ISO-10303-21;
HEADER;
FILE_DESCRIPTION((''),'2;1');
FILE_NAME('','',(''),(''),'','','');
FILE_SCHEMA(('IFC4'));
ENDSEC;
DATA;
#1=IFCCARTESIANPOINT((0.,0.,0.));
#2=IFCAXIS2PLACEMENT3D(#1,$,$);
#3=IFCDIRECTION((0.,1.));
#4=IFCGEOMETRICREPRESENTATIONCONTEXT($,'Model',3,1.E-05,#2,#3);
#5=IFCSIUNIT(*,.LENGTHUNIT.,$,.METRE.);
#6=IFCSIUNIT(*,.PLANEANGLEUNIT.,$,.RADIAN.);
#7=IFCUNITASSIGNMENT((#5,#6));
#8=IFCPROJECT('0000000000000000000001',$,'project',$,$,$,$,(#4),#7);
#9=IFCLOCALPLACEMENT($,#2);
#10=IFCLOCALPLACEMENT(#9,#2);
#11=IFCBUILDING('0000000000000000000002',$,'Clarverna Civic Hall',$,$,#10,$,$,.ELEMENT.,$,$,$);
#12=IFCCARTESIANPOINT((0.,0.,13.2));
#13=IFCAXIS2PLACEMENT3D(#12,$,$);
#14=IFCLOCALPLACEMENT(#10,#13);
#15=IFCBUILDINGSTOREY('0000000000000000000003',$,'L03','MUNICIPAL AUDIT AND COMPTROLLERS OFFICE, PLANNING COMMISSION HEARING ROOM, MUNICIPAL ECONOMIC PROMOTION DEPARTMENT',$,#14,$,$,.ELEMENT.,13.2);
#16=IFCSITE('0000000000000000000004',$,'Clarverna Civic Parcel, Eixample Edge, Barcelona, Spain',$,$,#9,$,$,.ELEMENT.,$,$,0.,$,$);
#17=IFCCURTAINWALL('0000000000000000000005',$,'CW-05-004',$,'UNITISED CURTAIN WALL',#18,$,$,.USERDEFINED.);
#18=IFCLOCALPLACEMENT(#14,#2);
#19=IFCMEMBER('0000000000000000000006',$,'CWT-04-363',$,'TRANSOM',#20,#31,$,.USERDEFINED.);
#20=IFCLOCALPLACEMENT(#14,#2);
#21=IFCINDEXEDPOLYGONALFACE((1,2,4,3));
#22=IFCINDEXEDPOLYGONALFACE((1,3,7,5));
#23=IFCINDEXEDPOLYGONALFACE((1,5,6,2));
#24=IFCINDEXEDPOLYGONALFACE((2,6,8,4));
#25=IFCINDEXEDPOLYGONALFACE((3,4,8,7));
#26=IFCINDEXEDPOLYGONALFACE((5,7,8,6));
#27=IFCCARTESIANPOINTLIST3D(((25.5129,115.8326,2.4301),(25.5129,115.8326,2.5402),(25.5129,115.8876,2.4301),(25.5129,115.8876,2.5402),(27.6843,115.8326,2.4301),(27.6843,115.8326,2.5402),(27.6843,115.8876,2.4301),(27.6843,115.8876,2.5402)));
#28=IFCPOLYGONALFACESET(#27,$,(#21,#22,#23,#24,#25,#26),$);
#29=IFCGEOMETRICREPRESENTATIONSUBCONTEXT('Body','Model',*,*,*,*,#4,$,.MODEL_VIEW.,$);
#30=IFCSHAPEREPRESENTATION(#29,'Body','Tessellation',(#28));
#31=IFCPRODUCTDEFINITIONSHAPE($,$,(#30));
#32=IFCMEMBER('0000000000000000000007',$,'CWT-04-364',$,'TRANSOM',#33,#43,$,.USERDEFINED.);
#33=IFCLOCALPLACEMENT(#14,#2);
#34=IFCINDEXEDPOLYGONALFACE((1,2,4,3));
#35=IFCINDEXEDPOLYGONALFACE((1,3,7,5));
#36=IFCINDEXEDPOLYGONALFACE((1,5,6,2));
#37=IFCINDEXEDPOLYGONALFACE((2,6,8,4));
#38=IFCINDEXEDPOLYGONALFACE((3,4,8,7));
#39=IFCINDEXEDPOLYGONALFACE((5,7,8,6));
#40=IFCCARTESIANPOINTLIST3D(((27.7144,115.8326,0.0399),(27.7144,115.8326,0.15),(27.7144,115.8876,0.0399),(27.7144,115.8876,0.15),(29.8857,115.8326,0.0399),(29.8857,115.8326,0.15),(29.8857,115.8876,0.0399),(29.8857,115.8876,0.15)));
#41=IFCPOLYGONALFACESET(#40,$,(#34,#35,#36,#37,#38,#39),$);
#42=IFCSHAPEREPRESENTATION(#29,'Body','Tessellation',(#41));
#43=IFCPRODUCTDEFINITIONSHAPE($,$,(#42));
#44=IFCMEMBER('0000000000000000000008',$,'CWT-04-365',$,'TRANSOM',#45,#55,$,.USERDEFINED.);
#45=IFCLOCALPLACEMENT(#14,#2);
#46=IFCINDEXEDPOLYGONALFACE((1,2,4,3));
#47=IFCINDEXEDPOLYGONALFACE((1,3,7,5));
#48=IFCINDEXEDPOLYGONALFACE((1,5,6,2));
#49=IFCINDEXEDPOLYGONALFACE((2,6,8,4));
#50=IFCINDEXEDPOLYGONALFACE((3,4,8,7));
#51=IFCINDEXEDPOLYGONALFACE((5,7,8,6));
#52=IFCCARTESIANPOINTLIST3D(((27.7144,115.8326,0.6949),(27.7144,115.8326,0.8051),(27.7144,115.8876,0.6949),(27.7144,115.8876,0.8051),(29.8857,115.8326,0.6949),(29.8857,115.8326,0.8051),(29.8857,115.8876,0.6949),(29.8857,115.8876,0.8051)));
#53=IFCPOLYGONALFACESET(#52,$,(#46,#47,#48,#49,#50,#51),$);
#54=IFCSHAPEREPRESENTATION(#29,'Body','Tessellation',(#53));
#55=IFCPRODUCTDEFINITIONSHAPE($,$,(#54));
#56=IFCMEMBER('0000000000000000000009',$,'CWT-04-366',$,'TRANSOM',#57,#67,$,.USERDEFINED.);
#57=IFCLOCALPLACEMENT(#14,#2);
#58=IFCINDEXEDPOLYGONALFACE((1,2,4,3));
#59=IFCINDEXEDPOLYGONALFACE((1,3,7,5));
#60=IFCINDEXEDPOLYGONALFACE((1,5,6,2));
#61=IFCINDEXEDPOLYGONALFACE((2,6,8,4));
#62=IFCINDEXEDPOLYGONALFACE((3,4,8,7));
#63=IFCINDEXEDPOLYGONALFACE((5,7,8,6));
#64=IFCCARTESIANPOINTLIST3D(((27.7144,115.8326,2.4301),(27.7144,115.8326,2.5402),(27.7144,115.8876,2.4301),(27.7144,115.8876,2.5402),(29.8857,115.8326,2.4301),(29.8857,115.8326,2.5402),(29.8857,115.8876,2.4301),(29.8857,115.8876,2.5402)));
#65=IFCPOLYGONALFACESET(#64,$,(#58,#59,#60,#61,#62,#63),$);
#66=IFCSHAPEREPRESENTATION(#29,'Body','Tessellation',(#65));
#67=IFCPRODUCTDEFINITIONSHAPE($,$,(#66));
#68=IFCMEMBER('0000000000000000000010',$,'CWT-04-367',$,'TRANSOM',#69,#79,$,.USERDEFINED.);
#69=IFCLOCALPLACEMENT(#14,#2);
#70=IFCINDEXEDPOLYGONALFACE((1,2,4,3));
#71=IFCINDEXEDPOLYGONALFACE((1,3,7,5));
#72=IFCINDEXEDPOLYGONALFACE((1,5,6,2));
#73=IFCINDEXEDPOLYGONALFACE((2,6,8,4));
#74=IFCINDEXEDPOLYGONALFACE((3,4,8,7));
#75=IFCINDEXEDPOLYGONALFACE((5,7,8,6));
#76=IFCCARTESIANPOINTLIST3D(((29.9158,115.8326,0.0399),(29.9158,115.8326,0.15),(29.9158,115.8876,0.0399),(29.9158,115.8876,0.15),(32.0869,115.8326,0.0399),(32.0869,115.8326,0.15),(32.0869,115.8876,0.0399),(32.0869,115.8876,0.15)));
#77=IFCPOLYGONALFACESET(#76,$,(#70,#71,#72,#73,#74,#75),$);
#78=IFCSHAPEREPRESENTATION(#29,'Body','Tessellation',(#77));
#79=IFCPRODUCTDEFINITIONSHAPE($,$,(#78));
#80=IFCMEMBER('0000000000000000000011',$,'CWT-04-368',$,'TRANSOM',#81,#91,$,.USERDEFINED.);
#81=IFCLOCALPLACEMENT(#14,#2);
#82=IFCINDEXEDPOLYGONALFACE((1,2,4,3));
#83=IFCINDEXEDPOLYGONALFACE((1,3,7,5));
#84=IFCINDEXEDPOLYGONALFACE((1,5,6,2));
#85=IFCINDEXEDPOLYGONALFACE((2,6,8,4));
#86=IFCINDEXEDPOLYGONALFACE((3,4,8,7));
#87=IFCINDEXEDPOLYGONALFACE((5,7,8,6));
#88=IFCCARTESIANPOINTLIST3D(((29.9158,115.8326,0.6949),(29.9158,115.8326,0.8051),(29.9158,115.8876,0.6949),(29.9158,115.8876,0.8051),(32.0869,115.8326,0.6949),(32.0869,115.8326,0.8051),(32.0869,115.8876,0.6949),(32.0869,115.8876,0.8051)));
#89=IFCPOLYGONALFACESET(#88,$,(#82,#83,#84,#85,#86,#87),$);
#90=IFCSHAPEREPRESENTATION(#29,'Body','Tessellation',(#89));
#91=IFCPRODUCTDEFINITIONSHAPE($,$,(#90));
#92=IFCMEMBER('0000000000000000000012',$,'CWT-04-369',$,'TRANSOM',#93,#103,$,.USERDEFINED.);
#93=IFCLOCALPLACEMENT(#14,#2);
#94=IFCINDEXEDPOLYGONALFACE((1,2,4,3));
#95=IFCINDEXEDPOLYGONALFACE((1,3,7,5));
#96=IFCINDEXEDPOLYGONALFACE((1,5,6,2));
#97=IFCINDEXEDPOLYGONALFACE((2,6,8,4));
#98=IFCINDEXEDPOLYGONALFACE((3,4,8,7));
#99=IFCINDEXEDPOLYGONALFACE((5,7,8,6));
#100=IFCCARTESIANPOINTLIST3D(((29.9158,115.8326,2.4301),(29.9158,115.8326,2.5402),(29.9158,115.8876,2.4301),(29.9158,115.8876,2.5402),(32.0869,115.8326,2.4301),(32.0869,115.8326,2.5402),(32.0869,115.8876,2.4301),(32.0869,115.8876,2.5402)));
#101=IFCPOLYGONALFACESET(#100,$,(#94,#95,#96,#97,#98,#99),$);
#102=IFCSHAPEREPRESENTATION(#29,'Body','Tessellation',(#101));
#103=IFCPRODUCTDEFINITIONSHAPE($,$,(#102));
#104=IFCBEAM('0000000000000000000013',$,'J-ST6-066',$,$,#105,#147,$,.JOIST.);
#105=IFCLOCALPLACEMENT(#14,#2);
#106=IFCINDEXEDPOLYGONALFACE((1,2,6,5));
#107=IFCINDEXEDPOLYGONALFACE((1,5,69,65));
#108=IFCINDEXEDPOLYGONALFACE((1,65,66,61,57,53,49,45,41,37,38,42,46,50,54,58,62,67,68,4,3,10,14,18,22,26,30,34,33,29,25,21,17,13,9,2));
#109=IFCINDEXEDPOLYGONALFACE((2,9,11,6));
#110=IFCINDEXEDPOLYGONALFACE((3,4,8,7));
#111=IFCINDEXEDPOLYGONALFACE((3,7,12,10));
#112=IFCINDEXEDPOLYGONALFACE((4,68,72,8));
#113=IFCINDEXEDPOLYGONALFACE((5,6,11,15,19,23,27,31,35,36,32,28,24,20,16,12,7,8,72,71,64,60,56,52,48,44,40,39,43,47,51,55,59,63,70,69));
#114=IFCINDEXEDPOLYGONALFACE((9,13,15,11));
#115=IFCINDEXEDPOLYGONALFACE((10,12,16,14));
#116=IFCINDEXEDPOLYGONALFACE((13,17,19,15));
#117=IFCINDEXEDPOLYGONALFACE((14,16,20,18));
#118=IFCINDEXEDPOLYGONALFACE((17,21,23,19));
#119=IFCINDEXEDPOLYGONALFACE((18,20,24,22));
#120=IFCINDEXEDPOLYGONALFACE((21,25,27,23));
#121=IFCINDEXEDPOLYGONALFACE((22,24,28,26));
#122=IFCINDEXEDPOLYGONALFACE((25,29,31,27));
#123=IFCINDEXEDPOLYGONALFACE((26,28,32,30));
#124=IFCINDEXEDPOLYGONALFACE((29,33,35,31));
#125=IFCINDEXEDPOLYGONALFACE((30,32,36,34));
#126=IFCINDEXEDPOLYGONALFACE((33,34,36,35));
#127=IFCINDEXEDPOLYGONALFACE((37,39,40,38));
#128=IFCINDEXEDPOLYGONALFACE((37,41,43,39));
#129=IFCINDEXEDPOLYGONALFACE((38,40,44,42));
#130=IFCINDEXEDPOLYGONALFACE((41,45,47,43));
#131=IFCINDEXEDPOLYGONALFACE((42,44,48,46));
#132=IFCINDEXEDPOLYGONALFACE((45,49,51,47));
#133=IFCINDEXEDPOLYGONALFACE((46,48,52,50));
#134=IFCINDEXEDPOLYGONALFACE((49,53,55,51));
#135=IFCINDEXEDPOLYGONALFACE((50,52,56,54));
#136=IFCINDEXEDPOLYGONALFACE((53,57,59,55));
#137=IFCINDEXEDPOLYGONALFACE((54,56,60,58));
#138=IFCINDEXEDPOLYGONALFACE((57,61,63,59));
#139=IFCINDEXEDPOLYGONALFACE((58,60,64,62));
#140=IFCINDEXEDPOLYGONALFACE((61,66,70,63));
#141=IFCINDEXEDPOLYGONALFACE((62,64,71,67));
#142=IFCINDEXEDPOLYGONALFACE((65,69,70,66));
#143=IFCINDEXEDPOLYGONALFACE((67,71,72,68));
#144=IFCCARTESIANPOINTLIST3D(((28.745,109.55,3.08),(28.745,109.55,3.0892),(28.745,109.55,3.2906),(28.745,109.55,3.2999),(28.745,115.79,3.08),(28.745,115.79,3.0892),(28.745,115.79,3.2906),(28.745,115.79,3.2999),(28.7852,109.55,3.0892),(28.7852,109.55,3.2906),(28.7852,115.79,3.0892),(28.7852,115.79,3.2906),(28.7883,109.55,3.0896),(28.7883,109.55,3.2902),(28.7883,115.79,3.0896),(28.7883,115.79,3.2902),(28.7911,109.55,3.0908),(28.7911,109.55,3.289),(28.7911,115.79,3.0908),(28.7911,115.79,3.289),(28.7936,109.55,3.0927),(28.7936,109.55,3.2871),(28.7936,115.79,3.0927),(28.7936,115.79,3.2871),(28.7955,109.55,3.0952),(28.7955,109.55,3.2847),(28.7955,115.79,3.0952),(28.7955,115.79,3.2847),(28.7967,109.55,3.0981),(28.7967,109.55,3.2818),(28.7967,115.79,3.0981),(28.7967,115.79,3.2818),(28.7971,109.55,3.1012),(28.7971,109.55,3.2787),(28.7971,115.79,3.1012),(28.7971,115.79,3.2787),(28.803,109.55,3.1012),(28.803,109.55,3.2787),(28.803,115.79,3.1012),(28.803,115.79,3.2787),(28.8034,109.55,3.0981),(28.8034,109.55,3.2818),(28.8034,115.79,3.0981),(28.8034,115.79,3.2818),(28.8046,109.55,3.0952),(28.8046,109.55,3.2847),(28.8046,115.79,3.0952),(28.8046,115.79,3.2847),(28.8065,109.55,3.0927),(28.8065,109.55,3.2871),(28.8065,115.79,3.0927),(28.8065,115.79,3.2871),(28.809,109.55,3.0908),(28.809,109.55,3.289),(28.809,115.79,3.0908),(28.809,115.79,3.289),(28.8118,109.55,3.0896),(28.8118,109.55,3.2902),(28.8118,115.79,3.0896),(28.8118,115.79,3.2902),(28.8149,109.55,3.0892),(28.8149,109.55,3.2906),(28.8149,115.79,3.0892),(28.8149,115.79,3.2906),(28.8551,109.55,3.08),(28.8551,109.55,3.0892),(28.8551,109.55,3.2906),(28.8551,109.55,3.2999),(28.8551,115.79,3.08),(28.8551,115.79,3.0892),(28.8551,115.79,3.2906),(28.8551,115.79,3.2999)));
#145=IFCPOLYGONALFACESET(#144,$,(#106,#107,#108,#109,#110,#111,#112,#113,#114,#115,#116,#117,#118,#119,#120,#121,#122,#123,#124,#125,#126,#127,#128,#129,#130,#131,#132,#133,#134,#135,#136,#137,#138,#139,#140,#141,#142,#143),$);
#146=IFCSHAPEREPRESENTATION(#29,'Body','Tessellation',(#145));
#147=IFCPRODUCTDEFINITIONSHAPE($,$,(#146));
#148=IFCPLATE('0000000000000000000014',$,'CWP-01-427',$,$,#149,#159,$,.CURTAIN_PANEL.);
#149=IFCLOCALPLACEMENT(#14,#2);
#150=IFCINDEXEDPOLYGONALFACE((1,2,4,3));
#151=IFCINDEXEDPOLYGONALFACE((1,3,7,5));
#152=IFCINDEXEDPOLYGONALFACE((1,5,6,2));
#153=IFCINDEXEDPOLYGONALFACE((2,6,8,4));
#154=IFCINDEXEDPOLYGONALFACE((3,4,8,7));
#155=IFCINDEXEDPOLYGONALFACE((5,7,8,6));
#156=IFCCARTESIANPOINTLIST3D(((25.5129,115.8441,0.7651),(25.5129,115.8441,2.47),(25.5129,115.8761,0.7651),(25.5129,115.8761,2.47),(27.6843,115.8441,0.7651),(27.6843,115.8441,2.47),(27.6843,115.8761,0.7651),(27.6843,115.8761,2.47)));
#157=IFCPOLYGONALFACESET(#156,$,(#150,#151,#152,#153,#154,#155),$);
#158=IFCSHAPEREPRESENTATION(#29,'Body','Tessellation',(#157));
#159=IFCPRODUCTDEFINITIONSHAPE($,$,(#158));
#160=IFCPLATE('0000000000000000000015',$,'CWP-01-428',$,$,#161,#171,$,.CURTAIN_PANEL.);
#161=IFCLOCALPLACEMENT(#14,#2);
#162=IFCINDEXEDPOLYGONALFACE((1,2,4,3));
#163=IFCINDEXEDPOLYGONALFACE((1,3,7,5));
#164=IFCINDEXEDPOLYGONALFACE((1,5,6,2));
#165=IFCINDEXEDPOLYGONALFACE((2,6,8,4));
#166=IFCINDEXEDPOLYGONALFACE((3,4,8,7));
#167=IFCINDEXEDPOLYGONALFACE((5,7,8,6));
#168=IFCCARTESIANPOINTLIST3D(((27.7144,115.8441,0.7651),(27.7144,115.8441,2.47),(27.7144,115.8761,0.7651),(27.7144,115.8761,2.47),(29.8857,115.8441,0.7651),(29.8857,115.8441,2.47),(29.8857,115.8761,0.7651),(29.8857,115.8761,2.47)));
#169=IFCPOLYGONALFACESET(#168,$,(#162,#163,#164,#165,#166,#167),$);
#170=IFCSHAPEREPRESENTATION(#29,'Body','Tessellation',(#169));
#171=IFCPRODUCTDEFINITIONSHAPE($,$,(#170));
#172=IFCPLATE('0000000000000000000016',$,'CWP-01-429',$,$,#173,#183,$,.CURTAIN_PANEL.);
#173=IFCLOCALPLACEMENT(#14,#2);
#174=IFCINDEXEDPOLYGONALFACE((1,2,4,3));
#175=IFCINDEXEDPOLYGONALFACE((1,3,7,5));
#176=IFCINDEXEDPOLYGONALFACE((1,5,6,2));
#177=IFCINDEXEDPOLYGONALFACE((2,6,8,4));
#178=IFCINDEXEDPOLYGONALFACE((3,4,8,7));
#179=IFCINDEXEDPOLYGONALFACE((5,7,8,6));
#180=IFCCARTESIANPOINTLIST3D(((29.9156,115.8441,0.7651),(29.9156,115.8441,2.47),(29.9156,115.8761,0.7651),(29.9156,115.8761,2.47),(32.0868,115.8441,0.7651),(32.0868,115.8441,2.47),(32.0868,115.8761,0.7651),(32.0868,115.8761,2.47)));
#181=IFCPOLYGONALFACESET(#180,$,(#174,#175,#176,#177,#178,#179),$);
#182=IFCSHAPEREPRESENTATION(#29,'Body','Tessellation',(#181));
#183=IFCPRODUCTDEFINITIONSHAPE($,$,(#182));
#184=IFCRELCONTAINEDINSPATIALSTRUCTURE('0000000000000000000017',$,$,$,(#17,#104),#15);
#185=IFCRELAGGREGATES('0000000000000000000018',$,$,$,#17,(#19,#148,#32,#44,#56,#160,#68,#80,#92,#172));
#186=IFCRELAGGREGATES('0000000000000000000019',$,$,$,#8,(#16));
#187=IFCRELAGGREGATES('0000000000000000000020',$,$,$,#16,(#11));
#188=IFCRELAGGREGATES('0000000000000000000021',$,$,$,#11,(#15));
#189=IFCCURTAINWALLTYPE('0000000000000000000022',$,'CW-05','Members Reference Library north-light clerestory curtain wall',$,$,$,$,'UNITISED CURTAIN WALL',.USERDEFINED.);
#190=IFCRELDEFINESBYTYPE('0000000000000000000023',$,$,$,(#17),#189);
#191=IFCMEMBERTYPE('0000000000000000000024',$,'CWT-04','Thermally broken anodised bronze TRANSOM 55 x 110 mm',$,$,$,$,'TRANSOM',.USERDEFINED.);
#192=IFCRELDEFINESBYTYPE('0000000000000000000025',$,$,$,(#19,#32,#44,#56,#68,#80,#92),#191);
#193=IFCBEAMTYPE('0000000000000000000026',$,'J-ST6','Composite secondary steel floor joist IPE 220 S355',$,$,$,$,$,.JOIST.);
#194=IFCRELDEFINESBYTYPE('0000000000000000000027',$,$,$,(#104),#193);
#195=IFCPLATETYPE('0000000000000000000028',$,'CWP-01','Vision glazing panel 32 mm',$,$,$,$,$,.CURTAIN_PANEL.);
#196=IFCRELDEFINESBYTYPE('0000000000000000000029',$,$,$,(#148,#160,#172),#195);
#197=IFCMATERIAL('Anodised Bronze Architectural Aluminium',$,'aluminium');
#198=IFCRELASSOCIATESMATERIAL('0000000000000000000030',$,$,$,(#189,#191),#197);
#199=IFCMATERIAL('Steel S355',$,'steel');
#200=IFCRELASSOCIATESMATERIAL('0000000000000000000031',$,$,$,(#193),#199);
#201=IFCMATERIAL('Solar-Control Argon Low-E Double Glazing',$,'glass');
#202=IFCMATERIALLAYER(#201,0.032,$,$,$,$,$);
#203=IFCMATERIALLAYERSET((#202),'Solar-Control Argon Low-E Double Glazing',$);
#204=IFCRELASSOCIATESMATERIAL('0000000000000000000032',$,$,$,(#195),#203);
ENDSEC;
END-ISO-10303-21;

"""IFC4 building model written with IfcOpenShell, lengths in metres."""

from ifc_helpers import new_model, si_unit, direction, frame, frame_2d, origin, origin_2d, place, context, subcontext, project, spatial, rectangle, i_section, extrude, material, layer, layer_set, material_profile, profile_set, type_object, element, aggregate, save


model = new_model("IFC4")

# Units and contexts
model_context = context("Model", 3, precision=1e-05, world=origin(), true_north=direction((0.0, 1.0)))
body_context = subcontext(model_context, "Body", "Model", "MODEL_VIEW")
ifc_project = project(units=[si_unit("LENGTHUNIT", "METRE"), si_unit("PLANEANGLEUNIT", "RADIAN")], contexts=[model_context])

# Site, building, storey
site_placement = place(None, origin())
site = spatial("IfcSite", under=ifc_project, at=site_placement, Name="Clarverna Civic Parcel, Eixample Edge, Barcelona, Spain", CompositionType="ELEMENT", RefElevation=0.0)
building_placement = place(site_placement, origin())
building = spatial("IfcBuilding", under=site, at=building_placement, Name="Clarverna Civic Hall", CompositionType="ELEMENT")
storey_placement = place(building_placement, frame((0.0, 0.0, 13.2)))
storey = spatial("IfcBuildingStorey", under=building, at=storey_placement, Name="L03", Description="MUNICIPAL AUDIT AND COMPTROLLERS OFFICE, PLANNING COMMISSION HEARING ROOM, MUNICIPAL ECONOMIC PROMOTION DEPARTMENT", CompositionType="ELEMENT", Elevation=13.2)

# Shared definitions
ifc_material_1 = material(Name="Steel S355", Category="steel")

# Shared definitions
ifc_material_2 = material(Name="Anodised Bronze Architectural Aluminium", Category="aluminium")
curtain_wall_type = type_object("IfcCurtainWallType", Name="CW-05", Description="Members Reference Library north-light clerestory curtain wall", ElementType="UNITISED CURTAIN WALL", PredefinedType="USERDEFINED", material=ifc_material_2)

# Curtain wall
curtain_wall_1_placement = place(storey_placement, origin())
curtain_wall_1 = element("IfcCurtainWall", 1, at=curtain_wall_1_placement, inside=storey, type_object=curtain_wall_type, Name="CW-05-004", ObjectType="UNITISED CURTAIN WALL", PredefinedType="USERDEFINED")

# Members
ifc_material_profile_1 = material_profile(ifc_material_2, rectangle(XDim=0.0549, YDim=0.1101, at=origin_2d()), Name="BRONZE 55x110")
ifc_profile_set_1 = profile_set([ifc_material_profile_1], Name="Anodised Bronze Architectural Aluminium")
member_type_1 = type_object("IfcMemberType", Name="CWT-04", Description="Thermally broken anodised bronze TRANSOM 55 x 110 mm", ElementType="TRANSOM", PredefinedType="USERDEFINED", material=ifc_profile_set_1)
member_1_placement = place(storey_placement, frame((25.5129, 115.8601, 2.4851), z_axis=(1.0, 0.0, 0.0), x_axis=(0.0, 1.0, 0.0)))
member_1 = element("IfcMember", 2, at=member_1_placement, type_object=member_type_1, Name="CWT-04-363", ObjectType="TRANSOM", PredefinedType="USERDEFINED", context=body_context, shape_type="SweptSolid", body=[
    extrude(rectangle(XDim=0.0549, YDim=0.1101, at=origin_2d()), origin(), (0.0, 0.0, 1.0), 2.1714),
])
member_2_placement = place(storey_placement, frame((27.7144, 115.8601, 0.095), z_axis=(1.0, 0.0, 0.0), x_axis=(0.0, 1.0, 0.0)))
member_2 = element("IfcMember", 3, at=member_2_placement, type_object=member_type_1, Name="CWT-04-364", ObjectType="TRANSOM", PredefinedType="USERDEFINED", context=body_context, shape_type="SweptSolid", body=[
    extrude(rectangle(XDim=0.0549, YDim=0.1101, at=origin_2d()), origin(), (0.0, 0.0, 1.0), 2.1714),
])
member_3_placement = place(storey_placement, frame((27.7144, 115.8601, 0.75), z_axis=(1.0, 0.0, 0.0), x_axis=(0.0, 1.0, 0.0)))
member_3 = element("IfcMember", 4, at=member_3_placement, type_object=member_type_1, Name="CWT-04-365", ObjectType="TRANSOM", PredefinedType="USERDEFINED", context=body_context, shape_type="SweptSolid", body=[
    extrude(rectangle(XDim=0.0549, YDim=0.1101, at=origin_2d()), origin(), (0.0, 0.0, 1.0), 2.1714),
])
member_4_placement = place(storey_placement, frame((27.7144, 115.8601, 2.4851), z_axis=(1.0, 0.0, 0.0), x_axis=(0.0, 1.0, 0.0)))
member_4 = element("IfcMember", 5, at=member_4_placement, type_object=member_type_1, Name="CWT-04-366", ObjectType="TRANSOM", PredefinedType="USERDEFINED", context=body_context, shape_type="SweptSolid", body=[
    extrude(rectangle(XDim=0.0549, YDim=0.1101, at=origin_2d()), origin(), (0.0, 0.0, 1.0), 2.1714),
])
member_5_placement = place(storey_placement, frame((29.9158, 115.8601, 0.095), z_axis=(1.0, 0.0, 0.0), x_axis=(0.0, 1.0, 0.0)))
member_5 = element("IfcMember", 6, at=member_5_placement, type_object=member_type_1, Name="CWT-04-367", ObjectType="TRANSOM", PredefinedType="USERDEFINED", context=body_context, shape_type="SweptSolid", body=[
    extrude(rectangle(XDim=0.0549, YDim=0.1101, at=origin_2d()), origin(), (0.0, 0.0, 1.0), 2.1711),
])
member_6_placement = place(storey_placement, frame((29.9158, 115.8601, 0.75), z_axis=(1.0, 0.0, 0.0), x_axis=(0.0, 1.0, 0.0)))
member_6 = element("IfcMember", 7, at=member_6_placement, type_object=member_type_1, Name="CWT-04-368", ObjectType="TRANSOM", PredefinedType="USERDEFINED", context=body_context, shape_type="SweptSolid", body=[
    extrude(rectangle(XDim=0.0549, YDim=0.1101, at=origin_2d()), origin(), (0.0, 0.0, 1.0), 2.1711),
])
member_7_placement = place(storey_placement, frame((29.9158, 115.8601, 2.4851), z_axis=(1.0, 0.0, 0.0), x_axis=(0.0, 1.0, 0.0)))
member_7 = element("IfcMember", 8, at=member_7_placement, type_object=member_type_1, Name="CWT-04-369", ObjectType="TRANSOM", PredefinedType="USERDEFINED", context=body_context, shape_type="SweptSolid", body=[
    extrude(rectangle(XDim=0.0549, YDim=0.1101, at=origin_2d()), origin(), (0.0, 0.0, 1.0), 2.1711),
])

# Beam
ifc_material_profile_2 = material_profile(ifc_material_1, i_section(OverallWidth=0.1101, OverallDepth=0.22, WebThickness=0.0059, FlangeThickness=0.0093, FilletRadius=0.012, at=origin_2d()), Name="IPE 220")
ifc_profile_set_2 = profile_set([ifc_material_profile_2], Name="Steel S355")
beam_type_1 = type_object("IfcBeamType", Name="J-ST6", Description="Composite secondary steel floor joist IPE 220 S355", PredefinedType="JOIST", material=ifc_profile_set_2)
beam_1_placement = place(storey_placement, frame((28.8, 109.55, 3.1899), z_axis=(0.0, 1.0, 0.0), x_axis=(-1.0, 0.0, 0.0)))
element("IfcBeam", 9, at=beam_1_placement, inside=storey, type_object=beam_type_1, Name="J-ST6-066", PredefinedType="JOIST", context=body_context, shape_type="SweptSolid", body=[
    extrude(i_section(OverallWidth=0.1101, OverallDepth=0.22, WebThickness=0.0059, FlangeThickness=0.0093, FilletRadius=0.012, at=origin_2d()), origin(), (0.0, 0.0, 1.0), 6.24),
])

# Plates
ifc_material_3 = material(Name="Solar-Control Argon Low-E Double Glazing", Category="glass")
ifc_layer_1 = layer(ifc_material_3, 0.032)
ifc_layer_set_1 = layer_set([ifc_layer_1], Name="Solar-Control Argon Low-E Double Glazing")
plate_type_1 = type_object("IfcPlateType", Name="CWP-01", Description="Vision glazing panel 32 mm", PredefinedType="CURTAIN_PANEL", material=ifc_layer_set_1)
plate_1_placement = place(storey_placement, frame((25.5129, 115.8601, 0.7651), z_axis=(0.0, 0.0, 1.0), x_axis=(1.0, 0.0, 0.0)))
plate_1 = element("IfcPlate", 10, at=plate_1_placement, type_object=plate_type_1, Name="CWP-01-427", PredefinedType="CURTAIN_PANEL", context=body_context, shape_type="SweptSolid", body=[
    extrude(rectangle(XDim=2.1714, YDim=0.032, at=frame_2d((1.0857, 0.0))), origin(), (0.0, 0.0, 1.0), 1.7048),
])
plate_2_placement = place(storey_placement, frame((27.7144, 115.8601, 0.7651), z_axis=(0.0, 0.0, 1.0), x_axis=(1.0, 0.0, 0.0)))
plate_2 = element("IfcPlate", 11, at=plate_2_placement, type_object=plate_type_1, Name="CWP-01-428", PredefinedType="CURTAIN_PANEL", context=body_context, shape_type="SweptSolid", body=[
    extrude(rectangle(XDim=2.1714, YDim=0.032, at=frame_2d((1.0857, 0.0))), origin(), (0.0, 0.0, 1.0), 1.7048),
])
plate_3_placement = place(storey_placement, frame((29.9158, 115.8601, 0.7651), z_axis=(0.0, 0.0, 1.0), x_axis=(1.0, 0.0, 0.0)))
plate_3 = element("IfcPlate", 12, at=plate_3_placement, type_object=plate_type_1, Name="CWP-01-429", PredefinedType="CURTAIN_PANEL", context=body_context, shape_type="SweptSolid", body=[
    extrude(rectangle(XDim=2.1711, YDim=0.032, at=frame_2d((1.0854, 0.0))), origin(), (0.0, 0.0, 1.0), 1.7048),
])
aggregate(curtain_wall_1, [member_1, plate_1, member_2, member_3, member_4, plate_2, member_5, member_6, member_7, plate_3])

save(model, "model.ifc")
